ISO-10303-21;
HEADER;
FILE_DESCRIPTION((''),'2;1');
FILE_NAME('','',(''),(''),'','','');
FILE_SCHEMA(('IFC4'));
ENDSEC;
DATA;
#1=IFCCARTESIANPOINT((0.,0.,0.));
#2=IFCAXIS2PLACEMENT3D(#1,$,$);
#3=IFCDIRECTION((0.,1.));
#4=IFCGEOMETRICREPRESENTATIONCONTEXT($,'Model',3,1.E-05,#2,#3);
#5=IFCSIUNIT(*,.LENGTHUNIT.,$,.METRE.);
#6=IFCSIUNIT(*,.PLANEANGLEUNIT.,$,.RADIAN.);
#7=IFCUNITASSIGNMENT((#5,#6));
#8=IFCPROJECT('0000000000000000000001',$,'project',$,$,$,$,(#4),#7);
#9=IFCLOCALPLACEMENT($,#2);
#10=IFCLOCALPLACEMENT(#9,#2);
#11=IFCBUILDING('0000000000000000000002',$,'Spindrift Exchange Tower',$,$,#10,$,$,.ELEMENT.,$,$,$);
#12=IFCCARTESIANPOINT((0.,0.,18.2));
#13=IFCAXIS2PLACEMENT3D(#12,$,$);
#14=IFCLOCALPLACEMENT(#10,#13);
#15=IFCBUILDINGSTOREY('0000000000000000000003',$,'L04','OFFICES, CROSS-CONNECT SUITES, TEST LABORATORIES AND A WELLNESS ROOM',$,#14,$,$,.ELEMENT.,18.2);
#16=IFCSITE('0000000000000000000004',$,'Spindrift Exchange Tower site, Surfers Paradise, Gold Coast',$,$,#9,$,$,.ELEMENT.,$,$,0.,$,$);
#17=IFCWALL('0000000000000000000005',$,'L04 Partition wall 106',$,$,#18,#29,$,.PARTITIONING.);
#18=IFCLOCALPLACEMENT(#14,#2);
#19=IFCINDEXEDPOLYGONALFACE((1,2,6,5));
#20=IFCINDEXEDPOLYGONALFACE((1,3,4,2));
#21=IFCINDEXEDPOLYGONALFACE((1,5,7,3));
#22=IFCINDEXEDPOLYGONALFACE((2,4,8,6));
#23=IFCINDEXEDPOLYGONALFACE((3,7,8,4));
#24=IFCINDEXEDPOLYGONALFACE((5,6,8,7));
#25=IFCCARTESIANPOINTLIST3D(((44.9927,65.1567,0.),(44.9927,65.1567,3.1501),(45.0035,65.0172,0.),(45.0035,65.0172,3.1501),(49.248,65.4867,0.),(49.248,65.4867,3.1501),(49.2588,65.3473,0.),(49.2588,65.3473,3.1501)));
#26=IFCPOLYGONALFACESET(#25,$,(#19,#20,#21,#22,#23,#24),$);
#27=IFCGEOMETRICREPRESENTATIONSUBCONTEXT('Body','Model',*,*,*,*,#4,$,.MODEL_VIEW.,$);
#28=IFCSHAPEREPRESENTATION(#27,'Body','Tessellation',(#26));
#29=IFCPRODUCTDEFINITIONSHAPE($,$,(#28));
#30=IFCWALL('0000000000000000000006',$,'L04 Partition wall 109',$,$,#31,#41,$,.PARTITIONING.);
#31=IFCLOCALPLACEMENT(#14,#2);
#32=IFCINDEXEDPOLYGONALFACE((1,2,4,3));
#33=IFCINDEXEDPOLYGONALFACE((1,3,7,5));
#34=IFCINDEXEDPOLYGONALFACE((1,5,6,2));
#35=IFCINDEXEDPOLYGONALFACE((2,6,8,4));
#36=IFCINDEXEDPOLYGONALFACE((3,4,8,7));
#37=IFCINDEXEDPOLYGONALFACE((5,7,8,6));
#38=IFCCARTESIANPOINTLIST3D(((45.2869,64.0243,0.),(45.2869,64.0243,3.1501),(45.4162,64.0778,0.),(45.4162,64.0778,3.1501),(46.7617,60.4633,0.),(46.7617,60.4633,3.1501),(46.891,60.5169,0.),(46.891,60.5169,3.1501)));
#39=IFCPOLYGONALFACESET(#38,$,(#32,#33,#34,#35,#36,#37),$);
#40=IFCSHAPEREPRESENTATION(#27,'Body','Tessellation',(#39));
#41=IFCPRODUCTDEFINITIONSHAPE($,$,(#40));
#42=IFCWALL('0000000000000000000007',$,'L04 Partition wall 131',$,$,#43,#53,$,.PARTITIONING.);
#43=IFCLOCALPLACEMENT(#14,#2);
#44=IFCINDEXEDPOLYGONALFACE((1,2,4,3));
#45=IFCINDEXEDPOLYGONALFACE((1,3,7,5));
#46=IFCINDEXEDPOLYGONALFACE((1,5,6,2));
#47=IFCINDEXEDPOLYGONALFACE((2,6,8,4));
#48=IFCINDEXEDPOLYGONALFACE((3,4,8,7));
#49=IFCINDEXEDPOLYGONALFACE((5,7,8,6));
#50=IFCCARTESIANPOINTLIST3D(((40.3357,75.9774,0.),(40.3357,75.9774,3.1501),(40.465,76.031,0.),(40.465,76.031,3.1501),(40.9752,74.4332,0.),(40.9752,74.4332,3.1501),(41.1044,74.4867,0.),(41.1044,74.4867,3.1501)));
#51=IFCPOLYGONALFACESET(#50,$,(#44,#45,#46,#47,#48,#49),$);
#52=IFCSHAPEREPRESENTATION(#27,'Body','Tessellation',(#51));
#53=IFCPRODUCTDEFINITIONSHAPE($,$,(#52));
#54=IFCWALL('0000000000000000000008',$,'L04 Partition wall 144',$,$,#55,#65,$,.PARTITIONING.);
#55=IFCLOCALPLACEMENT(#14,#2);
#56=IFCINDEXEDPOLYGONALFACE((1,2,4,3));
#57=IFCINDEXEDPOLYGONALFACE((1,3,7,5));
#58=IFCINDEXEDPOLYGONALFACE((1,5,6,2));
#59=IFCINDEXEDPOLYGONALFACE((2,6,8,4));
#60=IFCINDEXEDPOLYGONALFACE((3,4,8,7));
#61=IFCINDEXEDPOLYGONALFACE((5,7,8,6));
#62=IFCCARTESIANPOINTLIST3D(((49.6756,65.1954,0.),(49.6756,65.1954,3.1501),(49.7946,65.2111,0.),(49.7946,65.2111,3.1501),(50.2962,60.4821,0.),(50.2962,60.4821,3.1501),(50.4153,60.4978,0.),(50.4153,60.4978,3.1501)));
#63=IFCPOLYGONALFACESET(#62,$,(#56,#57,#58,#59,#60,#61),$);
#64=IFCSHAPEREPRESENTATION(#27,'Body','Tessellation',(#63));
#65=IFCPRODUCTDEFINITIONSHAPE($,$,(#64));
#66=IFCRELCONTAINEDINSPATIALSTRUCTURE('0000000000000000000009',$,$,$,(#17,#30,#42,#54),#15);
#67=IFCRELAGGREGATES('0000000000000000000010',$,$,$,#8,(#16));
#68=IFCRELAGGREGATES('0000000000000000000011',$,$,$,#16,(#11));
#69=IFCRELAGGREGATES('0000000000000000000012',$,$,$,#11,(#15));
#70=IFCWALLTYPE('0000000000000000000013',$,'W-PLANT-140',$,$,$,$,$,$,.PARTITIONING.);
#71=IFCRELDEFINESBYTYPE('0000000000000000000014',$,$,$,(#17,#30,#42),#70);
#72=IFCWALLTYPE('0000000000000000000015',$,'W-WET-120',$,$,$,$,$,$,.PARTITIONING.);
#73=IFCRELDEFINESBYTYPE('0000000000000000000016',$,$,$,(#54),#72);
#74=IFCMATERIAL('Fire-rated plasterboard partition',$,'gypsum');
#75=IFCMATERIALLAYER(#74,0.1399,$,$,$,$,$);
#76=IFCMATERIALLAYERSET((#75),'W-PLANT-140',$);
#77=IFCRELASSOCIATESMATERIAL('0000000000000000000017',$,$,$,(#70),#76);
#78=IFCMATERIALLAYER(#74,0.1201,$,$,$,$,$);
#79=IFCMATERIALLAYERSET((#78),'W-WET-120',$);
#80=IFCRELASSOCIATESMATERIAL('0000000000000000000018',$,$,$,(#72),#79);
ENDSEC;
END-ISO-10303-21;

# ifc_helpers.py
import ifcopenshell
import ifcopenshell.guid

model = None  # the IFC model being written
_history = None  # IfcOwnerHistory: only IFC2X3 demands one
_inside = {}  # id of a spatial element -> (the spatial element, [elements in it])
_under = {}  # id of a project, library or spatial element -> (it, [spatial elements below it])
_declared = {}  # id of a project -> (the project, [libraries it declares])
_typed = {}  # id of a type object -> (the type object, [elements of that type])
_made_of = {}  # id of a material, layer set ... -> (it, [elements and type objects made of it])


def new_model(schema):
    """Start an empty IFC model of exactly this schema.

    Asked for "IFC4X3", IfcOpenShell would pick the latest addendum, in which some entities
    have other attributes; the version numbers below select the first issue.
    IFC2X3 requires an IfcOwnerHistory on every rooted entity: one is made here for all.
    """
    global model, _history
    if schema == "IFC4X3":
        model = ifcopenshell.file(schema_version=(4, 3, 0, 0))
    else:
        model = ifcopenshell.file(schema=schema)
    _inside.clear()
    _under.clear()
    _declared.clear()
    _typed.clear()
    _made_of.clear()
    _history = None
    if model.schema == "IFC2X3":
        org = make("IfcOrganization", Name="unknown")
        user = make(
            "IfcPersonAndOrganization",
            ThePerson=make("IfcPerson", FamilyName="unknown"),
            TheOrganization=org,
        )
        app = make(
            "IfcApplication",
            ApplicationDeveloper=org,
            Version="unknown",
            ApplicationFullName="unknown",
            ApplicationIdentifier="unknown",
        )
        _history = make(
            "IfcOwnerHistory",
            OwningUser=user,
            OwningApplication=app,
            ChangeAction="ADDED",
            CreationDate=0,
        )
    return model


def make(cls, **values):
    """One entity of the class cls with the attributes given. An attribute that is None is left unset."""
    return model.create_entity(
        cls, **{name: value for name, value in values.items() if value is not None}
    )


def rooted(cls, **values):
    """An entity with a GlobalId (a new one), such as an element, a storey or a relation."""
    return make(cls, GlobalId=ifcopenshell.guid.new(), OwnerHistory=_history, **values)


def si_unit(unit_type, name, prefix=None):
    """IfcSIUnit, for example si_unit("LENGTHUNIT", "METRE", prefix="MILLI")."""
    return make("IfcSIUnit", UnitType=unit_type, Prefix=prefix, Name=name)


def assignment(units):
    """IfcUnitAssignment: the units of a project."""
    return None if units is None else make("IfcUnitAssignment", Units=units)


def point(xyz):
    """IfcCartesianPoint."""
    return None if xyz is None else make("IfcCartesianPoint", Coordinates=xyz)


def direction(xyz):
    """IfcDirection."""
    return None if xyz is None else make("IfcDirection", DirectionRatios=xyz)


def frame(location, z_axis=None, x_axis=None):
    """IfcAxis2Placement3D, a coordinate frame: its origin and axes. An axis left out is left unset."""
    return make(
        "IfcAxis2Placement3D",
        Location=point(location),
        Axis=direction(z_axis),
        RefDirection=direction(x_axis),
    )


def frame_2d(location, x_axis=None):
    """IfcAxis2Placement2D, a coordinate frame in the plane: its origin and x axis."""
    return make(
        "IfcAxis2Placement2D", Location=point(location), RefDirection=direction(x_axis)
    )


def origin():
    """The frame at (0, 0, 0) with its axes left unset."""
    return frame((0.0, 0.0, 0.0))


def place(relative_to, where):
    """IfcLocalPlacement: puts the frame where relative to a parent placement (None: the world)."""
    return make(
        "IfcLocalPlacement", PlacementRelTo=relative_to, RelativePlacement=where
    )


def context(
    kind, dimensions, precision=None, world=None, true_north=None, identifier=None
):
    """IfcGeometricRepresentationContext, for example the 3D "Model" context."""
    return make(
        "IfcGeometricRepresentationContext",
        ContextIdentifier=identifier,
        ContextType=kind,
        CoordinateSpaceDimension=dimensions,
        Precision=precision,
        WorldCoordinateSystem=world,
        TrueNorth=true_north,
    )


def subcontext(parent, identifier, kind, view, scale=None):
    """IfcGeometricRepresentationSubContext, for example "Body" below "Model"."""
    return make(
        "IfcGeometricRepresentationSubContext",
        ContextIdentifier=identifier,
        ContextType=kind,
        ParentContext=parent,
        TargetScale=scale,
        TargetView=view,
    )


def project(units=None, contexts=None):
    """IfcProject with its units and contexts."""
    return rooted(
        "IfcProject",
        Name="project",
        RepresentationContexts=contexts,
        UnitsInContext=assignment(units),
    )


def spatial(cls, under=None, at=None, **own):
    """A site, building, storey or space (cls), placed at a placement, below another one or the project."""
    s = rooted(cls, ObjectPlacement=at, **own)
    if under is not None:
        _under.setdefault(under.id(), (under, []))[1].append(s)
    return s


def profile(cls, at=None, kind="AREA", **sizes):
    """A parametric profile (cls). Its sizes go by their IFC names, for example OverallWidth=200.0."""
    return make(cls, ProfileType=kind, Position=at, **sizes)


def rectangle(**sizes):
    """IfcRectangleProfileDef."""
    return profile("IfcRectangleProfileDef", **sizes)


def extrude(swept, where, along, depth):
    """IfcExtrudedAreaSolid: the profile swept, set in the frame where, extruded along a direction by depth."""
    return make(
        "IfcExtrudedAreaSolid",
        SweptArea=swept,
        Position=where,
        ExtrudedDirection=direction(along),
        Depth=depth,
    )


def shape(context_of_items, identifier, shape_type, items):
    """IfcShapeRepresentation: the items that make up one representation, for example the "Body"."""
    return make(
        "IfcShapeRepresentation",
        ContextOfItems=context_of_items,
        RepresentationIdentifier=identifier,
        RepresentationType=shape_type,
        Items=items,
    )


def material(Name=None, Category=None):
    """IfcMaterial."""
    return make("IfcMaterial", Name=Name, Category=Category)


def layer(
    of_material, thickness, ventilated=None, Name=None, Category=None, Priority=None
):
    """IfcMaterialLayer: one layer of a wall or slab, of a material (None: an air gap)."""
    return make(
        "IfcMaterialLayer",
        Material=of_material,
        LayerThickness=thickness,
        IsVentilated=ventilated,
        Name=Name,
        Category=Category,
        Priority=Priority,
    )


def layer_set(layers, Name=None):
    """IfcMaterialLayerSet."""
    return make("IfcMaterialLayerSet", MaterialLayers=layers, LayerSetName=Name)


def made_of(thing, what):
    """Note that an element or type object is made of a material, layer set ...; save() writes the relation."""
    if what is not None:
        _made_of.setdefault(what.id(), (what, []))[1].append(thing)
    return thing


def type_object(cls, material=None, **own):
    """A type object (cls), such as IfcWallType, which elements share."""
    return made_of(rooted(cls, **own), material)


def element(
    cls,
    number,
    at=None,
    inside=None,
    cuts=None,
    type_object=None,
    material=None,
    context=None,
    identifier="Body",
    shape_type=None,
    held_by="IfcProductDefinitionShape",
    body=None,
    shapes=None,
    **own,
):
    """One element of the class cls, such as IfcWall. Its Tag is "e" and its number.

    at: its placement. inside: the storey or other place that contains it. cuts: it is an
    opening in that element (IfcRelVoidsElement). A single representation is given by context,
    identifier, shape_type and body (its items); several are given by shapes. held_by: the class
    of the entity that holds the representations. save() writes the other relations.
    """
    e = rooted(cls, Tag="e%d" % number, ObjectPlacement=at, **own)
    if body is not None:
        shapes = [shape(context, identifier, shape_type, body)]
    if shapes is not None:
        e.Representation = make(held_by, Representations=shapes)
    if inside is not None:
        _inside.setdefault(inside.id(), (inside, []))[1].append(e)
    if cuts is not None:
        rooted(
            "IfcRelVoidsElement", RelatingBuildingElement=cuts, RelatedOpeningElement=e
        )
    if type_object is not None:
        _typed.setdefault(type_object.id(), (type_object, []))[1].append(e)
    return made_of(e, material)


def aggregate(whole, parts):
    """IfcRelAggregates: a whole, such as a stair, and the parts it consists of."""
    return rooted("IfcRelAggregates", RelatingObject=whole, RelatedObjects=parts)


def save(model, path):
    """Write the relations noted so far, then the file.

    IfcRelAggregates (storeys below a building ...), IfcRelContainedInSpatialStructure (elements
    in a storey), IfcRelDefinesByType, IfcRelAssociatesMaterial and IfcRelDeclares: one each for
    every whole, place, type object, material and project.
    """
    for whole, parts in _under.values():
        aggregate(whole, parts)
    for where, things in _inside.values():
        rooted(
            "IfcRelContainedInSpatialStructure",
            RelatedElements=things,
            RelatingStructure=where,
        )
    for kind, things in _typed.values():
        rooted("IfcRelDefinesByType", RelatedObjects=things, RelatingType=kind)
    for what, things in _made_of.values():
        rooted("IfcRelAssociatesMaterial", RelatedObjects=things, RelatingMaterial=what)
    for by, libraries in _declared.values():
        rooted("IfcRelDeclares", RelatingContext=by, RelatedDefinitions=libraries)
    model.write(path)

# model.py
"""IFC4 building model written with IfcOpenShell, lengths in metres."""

from ifc_helpers import new_model, si_unit, direction, frame, frame_2d, origin, place, context, subcontext, project, spatial, rectangle, extrude, material, layer, layer_set, type_object, element, save


model = new_model("IFC4")

# Units and contexts
model_context = context("Model", 3, precision=1e-05, world=origin(), true_north=direction((0.0, 1.0)))
body_context = subcontext(model_context, "Body", "Model", "MODEL_VIEW")
ifc_project = project(units=[si_unit("LENGTHUNIT", "METRE"), si_unit("PLANEANGLEUNIT", "RADIAN")], contexts=[model_context])

# Site, building, storey
site_placement = place(None, origin())
site = spatial("IfcSite", under=ifc_project, at=site_placement, Name="Spindrift Exchange Tower site, Surfers Paradise, Gold Coast", CompositionType="ELEMENT", RefElevation=0.0)
building_placement = place(site_placement, origin())
building = spatial("IfcBuilding", under=site, at=building_placement, Name="Spindrift Exchange Tower", CompositionType="ELEMENT")
storey_placement = place(building_placement, frame((0.0, 0.0, 18.2)))
storey = spatial("IfcBuildingStorey", under=building, at=storey_placement, Name="L04", Description="OFFICES, CROSS-CONNECT SUITES, TEST LABORATORIES AND A WELLNESS ROOM", CompositionType="ELEMENT", Elevation=18.2)

# Walls
ifc_material_1 = material(Name="Fire-rated plasterboard partition", Category="gypsum")
ifc_layer_1 = layer(ifc_material_1, 0.1399)
ifc_layer_set_1 = layer_set([ifc_layer_1], Name="W-PLANT-140")
wall_type_1 = type_object("IfcWallType", Name="W-PLANT-140", PredefinedType="PARTITIONING", material=ifc_layer_set_1)
wall_1_placement = place(storey_placement, frame((49.2534, 65.417, 0.0), z_axis=(0.0, 0.0, 1.0), x_axis=(-0.997005, -0.077335, 0.0)))
element("IfcWall", 1, at=wall_1_placement, inside=storey, type_object=wall_type_1, Name="L04 Partition wall 106", PredefinedType="PARTITIONING", context=body_context, shape_type="SweptSolid", body=[
    extrude(rectangle(XDim=4.2681, YDim=0.1399, at=frame_2d((2.134, 0.0))), origin(), (0.0, 0.0, 1.0), 3.1501),
])
wall_2_placement = place(storey_placement, frame((46.8264, 60.49, 0.0), z_axis=(0.0, 0.0, 1.0), x_axis=(-0.382645, 0.923896, 0.0)))
element("IfcWall", 2, at=wall_2_placement, inside=storey, type_object=wall_type_1, Name="L04 Partition wall 109", PredefinedType="PARTITIONING", context=body_context, shape_type="SweptSolid", body=[
    extrude(rectangle(XDim=3.8542, YDim=0.1399, at=frame_2d((1.9272, 0.0))), origin(), (0.0, 0.0, 1.0), 3.1501),
])
wall_3_placement = place(storey_placement, frame((41.0398, 74.46, 0.0), z_axis=(0.0, 0.0, 1.0), x_axis=(-0.382571, 0.923926, 0.0)))
element("IfcWall", 3, at=wall_3_placement, inside=storey, type_object=wall_type_1, Name="L04 Partition wall 131", PredefinedType="PARTITIONING", context=body_context, shape_type="SweptSolid", body=[
    extrude(rectangle(XDim=1.6714, YDim=0.1399, at=frame_2d((0.8357, 0.0))), origin(), (0.0, 0.0, 1.0), 3.1501),
])
ifc_layer_2 = layer(ifc_material_1, 0.1201)
ifc_layer_set_2 = layer_set([ifc_layer_2], Name="W-WET-120")
wall_type_2 = type_object("IfcWallType", Name="W-WET-120", PredefinedType="PARTITIONING", material=ifc_layer_set_2)
wall_4_placement = place(storey_placement, frame((50.3557, 60.49, 0.0), z_axis=(0.0, 0.0, 1.0), x_axis=(-0.130549, 0.991442, 0.0)))
element("IfcWall", 4, at=wall_4_placement, inside=storey, type_object=wall_type_2, Name="L04 Partition wall 144", PredefinedType="PARTITIONING", context=body_context, shape_type="SweptSolid", body=[
    extrude(rectangle(XDim=4.7539, YDim=0.1201, at=frame_2d((2.377, 0.0))), origin(), (0.0, 0.0, 1.0), 3.1501),
])

save(model, "model.ifc")
